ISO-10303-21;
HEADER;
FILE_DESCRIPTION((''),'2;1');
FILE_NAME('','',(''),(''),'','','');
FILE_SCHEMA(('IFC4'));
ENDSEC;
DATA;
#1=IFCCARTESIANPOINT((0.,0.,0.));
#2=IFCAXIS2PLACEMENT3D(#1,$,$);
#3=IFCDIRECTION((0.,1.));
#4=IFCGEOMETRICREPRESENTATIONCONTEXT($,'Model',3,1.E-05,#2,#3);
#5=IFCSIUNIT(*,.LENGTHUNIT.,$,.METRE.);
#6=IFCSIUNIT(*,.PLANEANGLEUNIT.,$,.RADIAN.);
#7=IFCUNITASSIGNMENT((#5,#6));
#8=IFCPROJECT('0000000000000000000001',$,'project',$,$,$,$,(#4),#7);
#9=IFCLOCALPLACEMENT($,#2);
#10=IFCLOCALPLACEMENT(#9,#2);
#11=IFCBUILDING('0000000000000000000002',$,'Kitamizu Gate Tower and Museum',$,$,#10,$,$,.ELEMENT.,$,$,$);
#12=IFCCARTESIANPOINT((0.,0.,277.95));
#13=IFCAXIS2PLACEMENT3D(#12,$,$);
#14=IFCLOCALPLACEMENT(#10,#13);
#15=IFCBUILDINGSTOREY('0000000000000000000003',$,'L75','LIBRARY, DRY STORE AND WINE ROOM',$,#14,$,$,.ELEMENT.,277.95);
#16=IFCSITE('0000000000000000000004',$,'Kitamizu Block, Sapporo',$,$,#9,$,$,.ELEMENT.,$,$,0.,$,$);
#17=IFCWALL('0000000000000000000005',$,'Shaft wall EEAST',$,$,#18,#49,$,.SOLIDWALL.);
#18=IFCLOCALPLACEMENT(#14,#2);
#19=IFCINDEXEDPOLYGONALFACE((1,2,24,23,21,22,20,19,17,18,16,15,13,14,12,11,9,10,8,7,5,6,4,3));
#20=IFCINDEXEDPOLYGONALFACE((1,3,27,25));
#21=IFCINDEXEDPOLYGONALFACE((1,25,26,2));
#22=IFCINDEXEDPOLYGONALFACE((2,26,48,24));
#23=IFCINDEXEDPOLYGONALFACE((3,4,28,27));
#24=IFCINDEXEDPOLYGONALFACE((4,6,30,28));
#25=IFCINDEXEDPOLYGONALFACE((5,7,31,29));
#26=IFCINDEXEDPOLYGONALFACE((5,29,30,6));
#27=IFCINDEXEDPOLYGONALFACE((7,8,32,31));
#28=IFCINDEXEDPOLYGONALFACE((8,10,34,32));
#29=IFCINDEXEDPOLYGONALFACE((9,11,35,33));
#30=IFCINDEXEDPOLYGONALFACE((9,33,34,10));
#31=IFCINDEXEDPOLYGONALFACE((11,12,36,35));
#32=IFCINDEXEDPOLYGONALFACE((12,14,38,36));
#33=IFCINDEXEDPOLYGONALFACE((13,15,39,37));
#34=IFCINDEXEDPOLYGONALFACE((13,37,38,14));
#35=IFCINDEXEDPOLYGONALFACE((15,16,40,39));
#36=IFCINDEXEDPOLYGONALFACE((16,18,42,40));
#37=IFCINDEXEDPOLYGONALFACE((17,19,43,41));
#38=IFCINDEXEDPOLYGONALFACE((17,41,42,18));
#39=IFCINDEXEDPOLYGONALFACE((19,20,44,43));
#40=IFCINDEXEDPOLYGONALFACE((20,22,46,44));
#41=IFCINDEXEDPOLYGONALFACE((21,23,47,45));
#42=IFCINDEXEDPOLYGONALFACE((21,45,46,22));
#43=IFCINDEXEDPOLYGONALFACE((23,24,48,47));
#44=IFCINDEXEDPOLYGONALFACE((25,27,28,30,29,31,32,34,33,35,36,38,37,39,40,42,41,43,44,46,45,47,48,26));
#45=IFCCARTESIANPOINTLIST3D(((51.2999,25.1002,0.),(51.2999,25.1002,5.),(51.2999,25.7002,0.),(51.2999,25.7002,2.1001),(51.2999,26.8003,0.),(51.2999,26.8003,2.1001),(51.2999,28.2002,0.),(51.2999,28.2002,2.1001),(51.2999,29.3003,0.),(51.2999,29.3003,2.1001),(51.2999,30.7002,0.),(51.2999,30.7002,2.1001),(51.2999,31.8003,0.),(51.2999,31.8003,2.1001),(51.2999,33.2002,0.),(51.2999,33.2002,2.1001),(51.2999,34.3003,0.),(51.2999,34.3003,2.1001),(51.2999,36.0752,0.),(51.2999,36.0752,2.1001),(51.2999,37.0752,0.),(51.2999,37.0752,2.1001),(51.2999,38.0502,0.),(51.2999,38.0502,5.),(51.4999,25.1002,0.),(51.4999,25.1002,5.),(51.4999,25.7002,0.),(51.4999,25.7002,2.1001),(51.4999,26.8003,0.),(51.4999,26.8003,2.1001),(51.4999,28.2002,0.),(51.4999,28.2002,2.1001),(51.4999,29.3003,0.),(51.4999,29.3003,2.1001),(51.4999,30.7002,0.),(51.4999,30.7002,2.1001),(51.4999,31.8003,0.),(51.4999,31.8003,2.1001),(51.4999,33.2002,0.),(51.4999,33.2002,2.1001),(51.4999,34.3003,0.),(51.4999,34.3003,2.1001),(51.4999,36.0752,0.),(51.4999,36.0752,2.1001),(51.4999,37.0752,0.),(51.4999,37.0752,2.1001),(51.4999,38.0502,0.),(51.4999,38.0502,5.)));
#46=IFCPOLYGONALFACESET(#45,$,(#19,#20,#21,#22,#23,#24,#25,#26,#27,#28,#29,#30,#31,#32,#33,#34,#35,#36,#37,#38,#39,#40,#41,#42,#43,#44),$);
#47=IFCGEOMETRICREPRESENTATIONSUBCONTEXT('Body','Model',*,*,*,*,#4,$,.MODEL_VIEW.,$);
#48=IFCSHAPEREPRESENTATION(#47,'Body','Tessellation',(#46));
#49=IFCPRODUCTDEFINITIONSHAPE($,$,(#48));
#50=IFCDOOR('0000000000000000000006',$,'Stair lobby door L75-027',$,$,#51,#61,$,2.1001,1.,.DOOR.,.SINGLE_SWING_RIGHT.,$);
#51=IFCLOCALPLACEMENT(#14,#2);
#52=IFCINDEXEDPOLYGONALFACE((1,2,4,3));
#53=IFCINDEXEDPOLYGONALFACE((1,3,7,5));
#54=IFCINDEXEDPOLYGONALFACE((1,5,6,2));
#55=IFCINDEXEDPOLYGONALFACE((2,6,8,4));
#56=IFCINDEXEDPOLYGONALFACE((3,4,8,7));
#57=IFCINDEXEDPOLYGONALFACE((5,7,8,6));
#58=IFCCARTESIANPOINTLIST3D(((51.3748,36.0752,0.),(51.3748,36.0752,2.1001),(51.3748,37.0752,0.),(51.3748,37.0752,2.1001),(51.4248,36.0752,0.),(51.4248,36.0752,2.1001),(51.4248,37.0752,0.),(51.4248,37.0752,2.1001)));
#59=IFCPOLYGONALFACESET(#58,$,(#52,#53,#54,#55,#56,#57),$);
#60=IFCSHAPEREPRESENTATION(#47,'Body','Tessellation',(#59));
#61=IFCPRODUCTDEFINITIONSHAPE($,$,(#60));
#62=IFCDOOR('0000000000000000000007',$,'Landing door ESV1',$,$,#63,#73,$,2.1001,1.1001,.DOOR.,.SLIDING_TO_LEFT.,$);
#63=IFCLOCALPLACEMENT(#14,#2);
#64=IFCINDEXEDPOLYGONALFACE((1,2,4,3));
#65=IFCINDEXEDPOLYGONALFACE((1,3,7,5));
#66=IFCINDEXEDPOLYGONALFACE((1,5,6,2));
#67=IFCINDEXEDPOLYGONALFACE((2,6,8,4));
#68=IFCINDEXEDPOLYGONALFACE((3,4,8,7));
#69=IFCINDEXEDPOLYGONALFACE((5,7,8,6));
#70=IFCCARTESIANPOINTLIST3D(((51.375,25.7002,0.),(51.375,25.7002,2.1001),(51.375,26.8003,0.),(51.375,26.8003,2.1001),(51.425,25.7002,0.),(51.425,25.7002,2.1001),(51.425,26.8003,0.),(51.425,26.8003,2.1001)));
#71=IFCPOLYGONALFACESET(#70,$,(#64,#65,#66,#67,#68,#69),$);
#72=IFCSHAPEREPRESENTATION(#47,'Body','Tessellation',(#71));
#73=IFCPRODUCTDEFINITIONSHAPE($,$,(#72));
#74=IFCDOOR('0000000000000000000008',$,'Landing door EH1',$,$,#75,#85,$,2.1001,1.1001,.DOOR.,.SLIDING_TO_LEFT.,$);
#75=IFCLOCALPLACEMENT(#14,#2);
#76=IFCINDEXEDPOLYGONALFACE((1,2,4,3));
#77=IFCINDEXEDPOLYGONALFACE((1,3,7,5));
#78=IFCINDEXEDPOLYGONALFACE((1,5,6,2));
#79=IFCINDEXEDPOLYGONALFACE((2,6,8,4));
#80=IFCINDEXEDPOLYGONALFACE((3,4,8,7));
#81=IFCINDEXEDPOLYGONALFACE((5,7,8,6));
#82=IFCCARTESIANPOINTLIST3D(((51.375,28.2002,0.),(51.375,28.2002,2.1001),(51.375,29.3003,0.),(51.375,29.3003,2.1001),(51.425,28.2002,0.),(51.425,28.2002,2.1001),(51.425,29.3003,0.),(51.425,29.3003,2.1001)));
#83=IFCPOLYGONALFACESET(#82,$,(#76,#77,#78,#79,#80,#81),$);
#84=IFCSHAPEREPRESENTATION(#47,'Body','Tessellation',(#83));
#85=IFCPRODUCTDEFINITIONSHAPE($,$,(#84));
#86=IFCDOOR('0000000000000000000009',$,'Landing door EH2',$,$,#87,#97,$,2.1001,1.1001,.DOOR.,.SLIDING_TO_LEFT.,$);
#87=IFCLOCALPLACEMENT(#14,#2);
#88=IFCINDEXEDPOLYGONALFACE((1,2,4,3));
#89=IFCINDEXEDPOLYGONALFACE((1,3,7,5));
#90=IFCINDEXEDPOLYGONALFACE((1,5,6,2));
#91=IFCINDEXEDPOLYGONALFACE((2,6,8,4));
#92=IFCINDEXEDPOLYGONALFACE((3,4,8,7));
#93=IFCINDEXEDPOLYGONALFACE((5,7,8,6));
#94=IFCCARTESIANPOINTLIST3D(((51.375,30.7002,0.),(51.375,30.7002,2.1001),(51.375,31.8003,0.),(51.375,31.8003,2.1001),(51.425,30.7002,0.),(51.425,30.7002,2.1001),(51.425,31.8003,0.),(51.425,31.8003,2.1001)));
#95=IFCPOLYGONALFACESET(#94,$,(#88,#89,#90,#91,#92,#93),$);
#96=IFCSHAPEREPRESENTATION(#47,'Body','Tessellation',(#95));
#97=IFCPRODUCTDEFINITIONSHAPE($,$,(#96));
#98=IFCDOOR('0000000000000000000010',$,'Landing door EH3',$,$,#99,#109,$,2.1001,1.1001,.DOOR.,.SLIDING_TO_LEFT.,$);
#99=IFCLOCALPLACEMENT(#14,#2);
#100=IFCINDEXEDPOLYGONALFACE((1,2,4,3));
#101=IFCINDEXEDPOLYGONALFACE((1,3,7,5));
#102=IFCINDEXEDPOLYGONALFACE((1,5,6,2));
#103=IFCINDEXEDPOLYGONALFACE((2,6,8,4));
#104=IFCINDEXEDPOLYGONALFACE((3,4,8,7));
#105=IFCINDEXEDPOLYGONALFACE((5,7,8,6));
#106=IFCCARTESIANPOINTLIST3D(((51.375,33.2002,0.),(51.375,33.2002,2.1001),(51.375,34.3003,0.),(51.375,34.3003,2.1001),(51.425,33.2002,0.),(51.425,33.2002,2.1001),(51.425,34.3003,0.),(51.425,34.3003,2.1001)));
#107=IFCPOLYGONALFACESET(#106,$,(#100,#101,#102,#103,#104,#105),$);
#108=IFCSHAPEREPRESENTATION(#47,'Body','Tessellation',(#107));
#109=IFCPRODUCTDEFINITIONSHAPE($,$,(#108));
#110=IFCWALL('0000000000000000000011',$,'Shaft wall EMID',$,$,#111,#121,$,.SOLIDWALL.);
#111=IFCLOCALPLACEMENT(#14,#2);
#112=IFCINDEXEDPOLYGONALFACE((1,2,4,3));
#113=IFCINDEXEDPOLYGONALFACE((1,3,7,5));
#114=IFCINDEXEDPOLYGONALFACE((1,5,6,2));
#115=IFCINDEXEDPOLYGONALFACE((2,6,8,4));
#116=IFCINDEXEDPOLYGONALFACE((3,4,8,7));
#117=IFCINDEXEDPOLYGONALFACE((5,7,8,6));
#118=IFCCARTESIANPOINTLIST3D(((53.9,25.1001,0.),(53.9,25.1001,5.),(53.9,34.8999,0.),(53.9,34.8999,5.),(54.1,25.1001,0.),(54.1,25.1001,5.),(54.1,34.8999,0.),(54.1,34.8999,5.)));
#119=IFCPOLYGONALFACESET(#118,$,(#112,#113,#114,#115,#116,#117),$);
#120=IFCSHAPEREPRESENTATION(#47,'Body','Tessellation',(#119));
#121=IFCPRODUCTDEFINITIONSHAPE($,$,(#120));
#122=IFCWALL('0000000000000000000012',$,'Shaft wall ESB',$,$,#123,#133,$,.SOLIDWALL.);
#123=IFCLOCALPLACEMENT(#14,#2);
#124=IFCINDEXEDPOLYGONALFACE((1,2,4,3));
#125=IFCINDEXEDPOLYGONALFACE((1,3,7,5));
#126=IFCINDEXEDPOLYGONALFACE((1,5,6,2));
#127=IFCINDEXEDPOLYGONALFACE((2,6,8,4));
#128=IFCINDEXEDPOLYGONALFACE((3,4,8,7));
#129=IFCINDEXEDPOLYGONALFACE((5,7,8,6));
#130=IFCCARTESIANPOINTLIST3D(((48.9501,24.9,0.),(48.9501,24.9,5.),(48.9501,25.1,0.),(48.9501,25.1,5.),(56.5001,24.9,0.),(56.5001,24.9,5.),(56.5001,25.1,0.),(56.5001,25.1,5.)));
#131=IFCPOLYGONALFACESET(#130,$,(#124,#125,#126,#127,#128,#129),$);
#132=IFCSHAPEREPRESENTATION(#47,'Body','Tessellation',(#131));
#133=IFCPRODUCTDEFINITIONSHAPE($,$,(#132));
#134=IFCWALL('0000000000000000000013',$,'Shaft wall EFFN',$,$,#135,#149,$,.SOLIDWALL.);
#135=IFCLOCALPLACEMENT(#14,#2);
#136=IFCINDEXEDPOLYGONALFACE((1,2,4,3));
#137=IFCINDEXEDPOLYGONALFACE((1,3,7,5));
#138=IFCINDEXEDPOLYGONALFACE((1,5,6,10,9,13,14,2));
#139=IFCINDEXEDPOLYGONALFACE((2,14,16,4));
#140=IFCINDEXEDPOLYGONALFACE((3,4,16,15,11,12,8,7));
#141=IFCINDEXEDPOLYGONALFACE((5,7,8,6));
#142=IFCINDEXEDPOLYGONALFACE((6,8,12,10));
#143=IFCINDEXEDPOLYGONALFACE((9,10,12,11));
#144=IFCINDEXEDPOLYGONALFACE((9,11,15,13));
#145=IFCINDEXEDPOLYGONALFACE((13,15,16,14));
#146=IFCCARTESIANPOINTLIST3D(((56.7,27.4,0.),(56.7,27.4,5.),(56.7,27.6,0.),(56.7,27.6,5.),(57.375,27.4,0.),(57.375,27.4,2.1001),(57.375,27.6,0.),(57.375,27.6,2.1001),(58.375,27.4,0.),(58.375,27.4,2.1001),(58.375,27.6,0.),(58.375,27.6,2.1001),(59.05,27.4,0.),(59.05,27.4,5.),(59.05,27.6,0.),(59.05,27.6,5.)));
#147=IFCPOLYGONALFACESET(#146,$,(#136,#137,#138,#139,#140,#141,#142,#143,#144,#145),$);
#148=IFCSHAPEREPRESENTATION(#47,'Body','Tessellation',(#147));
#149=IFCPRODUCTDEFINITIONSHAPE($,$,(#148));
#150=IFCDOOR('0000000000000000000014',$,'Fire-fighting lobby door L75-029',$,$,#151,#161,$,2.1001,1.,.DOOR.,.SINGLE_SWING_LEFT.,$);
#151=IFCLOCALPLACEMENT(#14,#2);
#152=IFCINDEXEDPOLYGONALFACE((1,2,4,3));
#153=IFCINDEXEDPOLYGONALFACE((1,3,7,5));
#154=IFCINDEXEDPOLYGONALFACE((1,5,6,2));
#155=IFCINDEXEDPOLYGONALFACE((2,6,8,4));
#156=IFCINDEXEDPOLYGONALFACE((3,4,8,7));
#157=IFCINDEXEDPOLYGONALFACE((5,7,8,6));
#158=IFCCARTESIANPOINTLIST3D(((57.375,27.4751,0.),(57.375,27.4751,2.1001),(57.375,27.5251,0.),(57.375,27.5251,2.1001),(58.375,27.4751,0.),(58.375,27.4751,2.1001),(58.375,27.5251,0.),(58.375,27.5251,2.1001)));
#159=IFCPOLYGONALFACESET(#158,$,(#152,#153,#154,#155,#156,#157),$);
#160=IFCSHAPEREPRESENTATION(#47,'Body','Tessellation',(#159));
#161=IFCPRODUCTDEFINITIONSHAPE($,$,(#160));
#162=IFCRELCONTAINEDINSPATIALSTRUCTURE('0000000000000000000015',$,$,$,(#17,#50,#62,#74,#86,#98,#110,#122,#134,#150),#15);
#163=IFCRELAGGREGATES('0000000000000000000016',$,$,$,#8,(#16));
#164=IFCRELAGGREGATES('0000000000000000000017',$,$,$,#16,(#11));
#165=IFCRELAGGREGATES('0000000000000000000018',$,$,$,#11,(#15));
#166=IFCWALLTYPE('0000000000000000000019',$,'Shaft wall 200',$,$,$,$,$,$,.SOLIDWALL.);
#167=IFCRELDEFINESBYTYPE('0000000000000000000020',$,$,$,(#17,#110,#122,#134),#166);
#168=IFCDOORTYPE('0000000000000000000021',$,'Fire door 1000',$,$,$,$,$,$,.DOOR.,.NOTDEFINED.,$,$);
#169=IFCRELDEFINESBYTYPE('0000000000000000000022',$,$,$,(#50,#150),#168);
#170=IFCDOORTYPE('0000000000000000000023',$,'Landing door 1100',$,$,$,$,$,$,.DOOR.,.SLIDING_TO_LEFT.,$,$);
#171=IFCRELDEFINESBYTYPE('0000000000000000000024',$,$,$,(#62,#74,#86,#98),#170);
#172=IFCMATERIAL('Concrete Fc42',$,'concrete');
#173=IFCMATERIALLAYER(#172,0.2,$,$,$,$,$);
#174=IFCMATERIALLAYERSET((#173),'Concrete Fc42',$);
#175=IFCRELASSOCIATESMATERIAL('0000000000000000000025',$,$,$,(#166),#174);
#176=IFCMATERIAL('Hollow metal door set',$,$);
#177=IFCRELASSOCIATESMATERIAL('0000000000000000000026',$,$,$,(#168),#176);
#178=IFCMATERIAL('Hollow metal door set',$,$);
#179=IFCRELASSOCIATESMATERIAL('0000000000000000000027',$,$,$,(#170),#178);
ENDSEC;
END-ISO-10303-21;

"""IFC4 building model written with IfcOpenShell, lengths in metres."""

from ifc_helpers import new_model, si_unit, direction, frame, frame_2d, origin, place, context, subcontext, project, spatial, rectangle, extrude, material, layer, layer_set, type_object, element, fill, save


model = new_model("IFC4")

# Units and contexts
model_context = context("Model", 3, precision=1e-05, world=origin(), true_north=direction((0.0, 1.0)))
body_context = subcontext(model_context, "Body", "Model", "MODEL_VIEW")
ifc_project = project(units=[si_unit("LENGTHUNIT", "METRE"), si_unit("PLANEANGLEUNIT", "RADIAN")], contexts=[model_context])

# Site, building, storey
site_placement = place(None, origin())
site = spatial("IfcSite", under=ifc_project, at=site_placement, Name="Kitamizu Block, Sapporo", CompositionType="ELEMENT", RefElevation=0.0)
building_placement = place(site_placement, origin())
building = spatial("IfcBuilding", under=site, at=building_placement, Name="Kitamizu Gate Tower and Museum", CompositionType="ELEMENT")
storey_placement = place(building_placement, frame((0.0, 0.0, 277.95)))
storey = spatial("IfcBuildingStorey", under=building, at=storey_placement, Name="L75", Description="LIBRARY, DRY STORE AND WINE ROOM", CompositionType="ELEMENT", Elevation=277.95)

# Wall, openings, doors
ifc_material_1 = material(Name="Concrete Fc42", Category="concrete")
ifc_layer_1 = layer(ifc_material_1, 0.2)
ifc_layer_set_1 = layer_set([ifc_layer_1], Name="Concrete Fc42")
wall_type_1 = type_object("IfcWallType", Name="Shaft wall 200", PredefinedType="SOLIDWALL", material=ifc_layer_set_1)
ifc_material_2 = material(Name="Hollow metal door set")
door_type_1 = type_object("IfcDoorType", Name="Fire door 1000", OperationType="NOTDEFINED", PredefinedType="DOOR", material=ifc_material_2)
ifc_material_3 = material(Name="Hollow metal door set")
door_type_2 = type_object("IfcDoorType", Name="Landing door 1100", OperationType="SLIDING_TO_LEFT", PredefinedType="DOOR", material=ifc_material_3)
wall_1_placement = place(storey_placement, frame((51.3999, 25.1001, 0.0), z_axis=(0.0, 0.0, 1.0), x_axis=(0.0, 1.0, 0.0)))
wall_1 = element("IfcWall", 1, at=wall_1_placement, inside=storey, type_object=wall_type_1, Name="Shaft wall EEAST", PredefinedType="SOLIDWALL", context=body_context, shape_type="SweptSolid", body=[
    extrude(rectangle(XDim=12.95, YDim=0.2, at=frame_2d((6.4751, 0.0))), origin(), (0.0, 0.0, 1.0), 5.0),
])
opening_1_placement = place(wall_1_placement, frame((0.6001, 0.0, 0.0)))
opening_1 = element("IfcOpeningElement", 2, at=opening_1_placement, cuts=wall_1, PredefinedType="OPENING", context=body_context, shape_type="SweptSolid", body=[
    extrude(rectangle(XDim=1.1001, YDim=2.1001, at=frame_2d((0.55, 1.05))), frame((0.0, 0.1099, 0.0), z_axis=(0.0, -1.0, 0.0), x_axis=(1.0, 0.0, 0.0)), (0.0, 0.0, 1.0), 0.22),
])
opening_2_placement = place(wall_1_placement, frame((3.1001, 0.0, 0.0)))
opening_2 = element("IfcOpeningElement", 3, at=opening_2_placement, cuts=wall_1, PredefinedType="OPENING", context=body_context, shape_type="SweptSolid", body=[
    extrude(rectangle(XDim=1.1001, YDim=2.1001, at=frame_2d((0.55, 1.05))), frame((0.0, 0.1099, 0.0), z_axis=(0.0, -1.0, 0.0), x_axis=(1.0, 0.0, 0.0)), (0.0, 0.0, 1.0), 0.22),
])
opening_3_placement = place(wall_1_placement, frame((5.6001, 0.0, 0.0)))
opening_3 = element("IfcOpeningElement", 4, at=opening_3_placement, cuts=wall_1, PredefinedType="OPENING", context=body_context, shape_type="SweptSolid", body=[
    extrude(rectangle(XDim=1.1001, YDim=2.1001, at=frame_2d((0.55, 1.05))), frame((0.0, 0.1099, 0.0), z_axis=(0.0, -1.0, 0.0), x_axis=(1.0, 0.0, 0.0)), (0.0, 0.0, 1.0), 0.22),
])
opening_4_placement = place(wall_1_placement, frame((8.1001, 0.0, 0.0)))
opening_4 = element("IfcOpeningElement", 5, at=opening_4_placement, cuts=wall_1, PredefinedType="OPENING", context=body_context, shape_type="SweptSolid", body=[
    extrude(rectangle(XDim=1.1001, YDim=2.1001, at=frame_2d((0.55, 1.05))), frame((0.0, 0.1099, 0.0), z_axis=(0.0, -1.0, 0.0), x_axis=(1.0, 0.0, 0.0)), (0.0, 0.0, 1.0), 0.22),
])
opening_5_placement = place(wall_1_placement, frame((10.9751, 0.0, 0.0)))
opening_5 = element("IfcOpeningElement", 6, at=opening_5_placement, cuts=wall_1, PredefinedType="OPENING", context=body_context, shape_type="SweptSolid", body=[
    extrude(rectangle(XDim=1.0, YDim=2.1001, at=frame_2d((0.5, 1.05))), frame((0.0, 0.1099, 0.0), z_axis=(0.0, -1.0, 0.0), x_axis=(1.0, 0.0, 0.0)), (0.0, 0.0, 1.0), 0.22),
])
door_1_placement = place(opening_5_placement, frame((1.0, 0.0, 0.0), x_axis=(-1.0, 0.0, 0.0)))
door_1 = element("IfcDoor", 7, at=door_1_placement, inside=storey, type_object=door_type_1, Name="Stair lobby door L75-027", OperationType="SINGLE_SWING_RIGHT", OverallHeight=2.1001, OverallWidth=1.0, PredefinedType="DOOR", context=body_context, shape_type="SweptSolid", body=[
    extrude(rectangle(XDim=1.0, YDim=2.1001, at=frame_2d((0.5, 1.05))), frame((0.0, 0.0249, 0.0), z_axis=(0.0, -1.0, 0.0), x_axis=(1.0, 0.0, 0.0)), (0.0, 0.0, 1.0), 0.05),
])
fill(opening_5, door_1)
door_2_placement = place(opening_1_placement, origin())
door_2 = element("IfcDoor", 8, at=door_2_placement, inside=storey, type_object=door_type_2, Name="Landing door ESV1", OperationType="SLIDING_TO_LEFT", OverallHeight=2.1001, OverallWidth=1.1001, PredefinedType="DOOR", context=body_context, shape_type="SweptSolid", body=[
    extrude(rectangle(XDim=1.1001, YDim=2.1001, at=frame_2d((0.55, 1.05))), frame((0.0, 0.0249, 0.0), z_axis=(0.0, -1.0, 0.0), x_axis=(1.0, 0.0, 0.0)), (0.0, 0.0, 1.0), 0.05),
])
fill(opening_1, door_2)
door_3_placement = place(opening_2_placement, origin())
door_3 = element("IfcDoor", 9, at=door_3_placement, inside=storey, type_object=door_type_2, Name="Landing door EH1", OperationType="SLIDING_TO_LEFT", OverallHeight=2.1001, OverallWidth=1.1001, PredefinedType="DOOR", context=body_context, shape_type="SweptSolid", body=[
    extrude(rectangle(XDim=1.1001, YDim=2.1001, at=frame_2d((0.55, 1.05))), frame((0.0, 0.0249, 0.0), z_axis=(0.0, -1.0, 0.0), x_axis=(1.0, 0.0, 0.0)), (0.0, 0.0, 1.0), 0.05),
])
fill(opening_2, door_3)
door_4_placement = place(opening_3_placement, origin())
door_4 = element("IfcDoor", 10, at=door_4_placement, inside=storey, type_object=door_type_2, Name="Landing door EH2", OperationType="SLIDING_TO_LEFT", OverallHeight=2.1001, OverallWidth=1.1001, PredefinedType="DOOR", context=body_context, shape_type="SweptSolid", body=[
    extrude(rectangle(XDim=1.1001, YDim=2.1001, at=frame_2d((0.55, 1.05))), frame((0.0, 0.0249, 0.0), z_axis=(0.0, -1.0, 0.0), x_axis=(1.0, 0.0, 0.0)), (0.0, 0.0, 1.0), 0.05),
])
fill(opening_3, door_4)
door_5_placement = place(opening_4_placement, origin())
door_5 = element("IfcDoor", 11, at=door_5_placement, inside=storey, type_object=door_type_2, Name="Landing door EH3", OperationType="SLIDING_TO_LEFT", OverallHeight=2.1001, OverallWidth=1.1001, PredefinedType="DOOR", context=body_context, shape_type="SweptSolid", body=[
    extrude(rectangle(XDim=1.1001, YDim=2.1001, at=frame_2d((0.55, 1.05))), frame((0.0, 0.0249, 0.0), z_axis=(0.0, -1.0, 0.0), x_axis=(1.0, 0.0, 0.0)), (0.0, 0.0, 1.0), 0.05),
])
fill(opening_4, door_5)

# Walls
wall_2_placement = place(storey_placement, frame((54.0, 25.1001, 0.0), z_axis=(0.0, 0.0, 1.0), x_axis=(0.0, 1.0, 0.0)))
element("IfcWall", 12, at=wall_2_placement, inside=storey, type_object=wall_type_1, Name="Shaft wall EMID", PredefinedType="SOLIDWALL", context=body_context, shape_type="SweptSolid", body=[
    extrude(rectangle(XDim=9.7998, YDim=0.2, at=frame_2d((4.8999, 0.0))), origin(), (0.0, 0.0, 1.0), 5.0),
])
wall_3_placement = place(storey_placement, frame((56.5, 25.0, 0.0), z_axis=(0.0, 0.0, 1.0), x_axis=(-1.0, 0.0, 0.0)))
element("IfcWall", 13, at=wall_3_placement, inside=storey, type_object=wall_type_1, Name="Shaft wall ESB", PredefinedType="SOLIDWALL", context=body_context, shape_type="SweptSolid", body=[
    extrude(rectangle(XDim=7.55, YDim=0.2, at=frame_2d((3.7749, 0.0))), origin(), (0.0, 0.0, 1.0), 5.0),
])

# Wall, opening, door
wall_4_placement = place(storey_placement, frame((59.05, 27.5, 0.0), z_axis=(0.0, 0.0, 1.0), x_axis=(-1.0, 0.0, 0.0)))
wall_4 = element("IfcWall", 14, at=wall_4_placement, inside=storey, type_object=wall_type_1, Name="Shaft wall EFFN", PredefinedType="SOLIDWALL", context=body_context, shape_type="SweptSolid", body=[
    extrude(rectangle(XDim=2.3501, YDim=0.2, at=frame_2d((1.175, 0.0))), origin(), (0.0, 0.0, 1.0), 5.0),
])
opening_6_placement = place(wall_4_placement, frame((0.675, 0.0, 0.0)))
opening_6 = element("IfcOpeningElement", 15, at=opening_6_placement, cuts=wall_4, PredefinedType="OPENING", context=body_context, shape_type="SweptSolid", body=[
    extrude(rectangle(XDim=1.0, YDim=2.1001, at=frame_2d((0.5, 1.05))), frame((0.0, 0.1099, 0.0), z_axis=(0.0, -1.0, 0.0), x_axis=(1.0, 0.0, 0.0)), (0.0, 0.0, 1.0), 0.22),
])
door_6_placement = place(opening_6_placement, origin())
door_6 = element("IfcDoor", 16, at=door_6_placement, inside=storey, type_object=door_type_1, Name="Fire-fighting lobby door L75-029", OperationType="SINGLE_SWING_LEFT", OverallHeight=2.1001, OverallWidth=1.0, PredefinedType="DOOR", context=body_context, shape_type="SweptSolid", body=[
    extrude(rectangle(XDim=1.0, YDim=2.1001, at=frame_2d((0.5, 1.05))), frame((0.0, 0.0249, 0.0), z_axis=(0.0, -1.0, 0.0), x_axis=(1.0, 0.0, 0.0)), (0.0, 0.0, 1.0), 0.05),
])
fill(opening_6, door_6)

save(model, "model.ifc")
